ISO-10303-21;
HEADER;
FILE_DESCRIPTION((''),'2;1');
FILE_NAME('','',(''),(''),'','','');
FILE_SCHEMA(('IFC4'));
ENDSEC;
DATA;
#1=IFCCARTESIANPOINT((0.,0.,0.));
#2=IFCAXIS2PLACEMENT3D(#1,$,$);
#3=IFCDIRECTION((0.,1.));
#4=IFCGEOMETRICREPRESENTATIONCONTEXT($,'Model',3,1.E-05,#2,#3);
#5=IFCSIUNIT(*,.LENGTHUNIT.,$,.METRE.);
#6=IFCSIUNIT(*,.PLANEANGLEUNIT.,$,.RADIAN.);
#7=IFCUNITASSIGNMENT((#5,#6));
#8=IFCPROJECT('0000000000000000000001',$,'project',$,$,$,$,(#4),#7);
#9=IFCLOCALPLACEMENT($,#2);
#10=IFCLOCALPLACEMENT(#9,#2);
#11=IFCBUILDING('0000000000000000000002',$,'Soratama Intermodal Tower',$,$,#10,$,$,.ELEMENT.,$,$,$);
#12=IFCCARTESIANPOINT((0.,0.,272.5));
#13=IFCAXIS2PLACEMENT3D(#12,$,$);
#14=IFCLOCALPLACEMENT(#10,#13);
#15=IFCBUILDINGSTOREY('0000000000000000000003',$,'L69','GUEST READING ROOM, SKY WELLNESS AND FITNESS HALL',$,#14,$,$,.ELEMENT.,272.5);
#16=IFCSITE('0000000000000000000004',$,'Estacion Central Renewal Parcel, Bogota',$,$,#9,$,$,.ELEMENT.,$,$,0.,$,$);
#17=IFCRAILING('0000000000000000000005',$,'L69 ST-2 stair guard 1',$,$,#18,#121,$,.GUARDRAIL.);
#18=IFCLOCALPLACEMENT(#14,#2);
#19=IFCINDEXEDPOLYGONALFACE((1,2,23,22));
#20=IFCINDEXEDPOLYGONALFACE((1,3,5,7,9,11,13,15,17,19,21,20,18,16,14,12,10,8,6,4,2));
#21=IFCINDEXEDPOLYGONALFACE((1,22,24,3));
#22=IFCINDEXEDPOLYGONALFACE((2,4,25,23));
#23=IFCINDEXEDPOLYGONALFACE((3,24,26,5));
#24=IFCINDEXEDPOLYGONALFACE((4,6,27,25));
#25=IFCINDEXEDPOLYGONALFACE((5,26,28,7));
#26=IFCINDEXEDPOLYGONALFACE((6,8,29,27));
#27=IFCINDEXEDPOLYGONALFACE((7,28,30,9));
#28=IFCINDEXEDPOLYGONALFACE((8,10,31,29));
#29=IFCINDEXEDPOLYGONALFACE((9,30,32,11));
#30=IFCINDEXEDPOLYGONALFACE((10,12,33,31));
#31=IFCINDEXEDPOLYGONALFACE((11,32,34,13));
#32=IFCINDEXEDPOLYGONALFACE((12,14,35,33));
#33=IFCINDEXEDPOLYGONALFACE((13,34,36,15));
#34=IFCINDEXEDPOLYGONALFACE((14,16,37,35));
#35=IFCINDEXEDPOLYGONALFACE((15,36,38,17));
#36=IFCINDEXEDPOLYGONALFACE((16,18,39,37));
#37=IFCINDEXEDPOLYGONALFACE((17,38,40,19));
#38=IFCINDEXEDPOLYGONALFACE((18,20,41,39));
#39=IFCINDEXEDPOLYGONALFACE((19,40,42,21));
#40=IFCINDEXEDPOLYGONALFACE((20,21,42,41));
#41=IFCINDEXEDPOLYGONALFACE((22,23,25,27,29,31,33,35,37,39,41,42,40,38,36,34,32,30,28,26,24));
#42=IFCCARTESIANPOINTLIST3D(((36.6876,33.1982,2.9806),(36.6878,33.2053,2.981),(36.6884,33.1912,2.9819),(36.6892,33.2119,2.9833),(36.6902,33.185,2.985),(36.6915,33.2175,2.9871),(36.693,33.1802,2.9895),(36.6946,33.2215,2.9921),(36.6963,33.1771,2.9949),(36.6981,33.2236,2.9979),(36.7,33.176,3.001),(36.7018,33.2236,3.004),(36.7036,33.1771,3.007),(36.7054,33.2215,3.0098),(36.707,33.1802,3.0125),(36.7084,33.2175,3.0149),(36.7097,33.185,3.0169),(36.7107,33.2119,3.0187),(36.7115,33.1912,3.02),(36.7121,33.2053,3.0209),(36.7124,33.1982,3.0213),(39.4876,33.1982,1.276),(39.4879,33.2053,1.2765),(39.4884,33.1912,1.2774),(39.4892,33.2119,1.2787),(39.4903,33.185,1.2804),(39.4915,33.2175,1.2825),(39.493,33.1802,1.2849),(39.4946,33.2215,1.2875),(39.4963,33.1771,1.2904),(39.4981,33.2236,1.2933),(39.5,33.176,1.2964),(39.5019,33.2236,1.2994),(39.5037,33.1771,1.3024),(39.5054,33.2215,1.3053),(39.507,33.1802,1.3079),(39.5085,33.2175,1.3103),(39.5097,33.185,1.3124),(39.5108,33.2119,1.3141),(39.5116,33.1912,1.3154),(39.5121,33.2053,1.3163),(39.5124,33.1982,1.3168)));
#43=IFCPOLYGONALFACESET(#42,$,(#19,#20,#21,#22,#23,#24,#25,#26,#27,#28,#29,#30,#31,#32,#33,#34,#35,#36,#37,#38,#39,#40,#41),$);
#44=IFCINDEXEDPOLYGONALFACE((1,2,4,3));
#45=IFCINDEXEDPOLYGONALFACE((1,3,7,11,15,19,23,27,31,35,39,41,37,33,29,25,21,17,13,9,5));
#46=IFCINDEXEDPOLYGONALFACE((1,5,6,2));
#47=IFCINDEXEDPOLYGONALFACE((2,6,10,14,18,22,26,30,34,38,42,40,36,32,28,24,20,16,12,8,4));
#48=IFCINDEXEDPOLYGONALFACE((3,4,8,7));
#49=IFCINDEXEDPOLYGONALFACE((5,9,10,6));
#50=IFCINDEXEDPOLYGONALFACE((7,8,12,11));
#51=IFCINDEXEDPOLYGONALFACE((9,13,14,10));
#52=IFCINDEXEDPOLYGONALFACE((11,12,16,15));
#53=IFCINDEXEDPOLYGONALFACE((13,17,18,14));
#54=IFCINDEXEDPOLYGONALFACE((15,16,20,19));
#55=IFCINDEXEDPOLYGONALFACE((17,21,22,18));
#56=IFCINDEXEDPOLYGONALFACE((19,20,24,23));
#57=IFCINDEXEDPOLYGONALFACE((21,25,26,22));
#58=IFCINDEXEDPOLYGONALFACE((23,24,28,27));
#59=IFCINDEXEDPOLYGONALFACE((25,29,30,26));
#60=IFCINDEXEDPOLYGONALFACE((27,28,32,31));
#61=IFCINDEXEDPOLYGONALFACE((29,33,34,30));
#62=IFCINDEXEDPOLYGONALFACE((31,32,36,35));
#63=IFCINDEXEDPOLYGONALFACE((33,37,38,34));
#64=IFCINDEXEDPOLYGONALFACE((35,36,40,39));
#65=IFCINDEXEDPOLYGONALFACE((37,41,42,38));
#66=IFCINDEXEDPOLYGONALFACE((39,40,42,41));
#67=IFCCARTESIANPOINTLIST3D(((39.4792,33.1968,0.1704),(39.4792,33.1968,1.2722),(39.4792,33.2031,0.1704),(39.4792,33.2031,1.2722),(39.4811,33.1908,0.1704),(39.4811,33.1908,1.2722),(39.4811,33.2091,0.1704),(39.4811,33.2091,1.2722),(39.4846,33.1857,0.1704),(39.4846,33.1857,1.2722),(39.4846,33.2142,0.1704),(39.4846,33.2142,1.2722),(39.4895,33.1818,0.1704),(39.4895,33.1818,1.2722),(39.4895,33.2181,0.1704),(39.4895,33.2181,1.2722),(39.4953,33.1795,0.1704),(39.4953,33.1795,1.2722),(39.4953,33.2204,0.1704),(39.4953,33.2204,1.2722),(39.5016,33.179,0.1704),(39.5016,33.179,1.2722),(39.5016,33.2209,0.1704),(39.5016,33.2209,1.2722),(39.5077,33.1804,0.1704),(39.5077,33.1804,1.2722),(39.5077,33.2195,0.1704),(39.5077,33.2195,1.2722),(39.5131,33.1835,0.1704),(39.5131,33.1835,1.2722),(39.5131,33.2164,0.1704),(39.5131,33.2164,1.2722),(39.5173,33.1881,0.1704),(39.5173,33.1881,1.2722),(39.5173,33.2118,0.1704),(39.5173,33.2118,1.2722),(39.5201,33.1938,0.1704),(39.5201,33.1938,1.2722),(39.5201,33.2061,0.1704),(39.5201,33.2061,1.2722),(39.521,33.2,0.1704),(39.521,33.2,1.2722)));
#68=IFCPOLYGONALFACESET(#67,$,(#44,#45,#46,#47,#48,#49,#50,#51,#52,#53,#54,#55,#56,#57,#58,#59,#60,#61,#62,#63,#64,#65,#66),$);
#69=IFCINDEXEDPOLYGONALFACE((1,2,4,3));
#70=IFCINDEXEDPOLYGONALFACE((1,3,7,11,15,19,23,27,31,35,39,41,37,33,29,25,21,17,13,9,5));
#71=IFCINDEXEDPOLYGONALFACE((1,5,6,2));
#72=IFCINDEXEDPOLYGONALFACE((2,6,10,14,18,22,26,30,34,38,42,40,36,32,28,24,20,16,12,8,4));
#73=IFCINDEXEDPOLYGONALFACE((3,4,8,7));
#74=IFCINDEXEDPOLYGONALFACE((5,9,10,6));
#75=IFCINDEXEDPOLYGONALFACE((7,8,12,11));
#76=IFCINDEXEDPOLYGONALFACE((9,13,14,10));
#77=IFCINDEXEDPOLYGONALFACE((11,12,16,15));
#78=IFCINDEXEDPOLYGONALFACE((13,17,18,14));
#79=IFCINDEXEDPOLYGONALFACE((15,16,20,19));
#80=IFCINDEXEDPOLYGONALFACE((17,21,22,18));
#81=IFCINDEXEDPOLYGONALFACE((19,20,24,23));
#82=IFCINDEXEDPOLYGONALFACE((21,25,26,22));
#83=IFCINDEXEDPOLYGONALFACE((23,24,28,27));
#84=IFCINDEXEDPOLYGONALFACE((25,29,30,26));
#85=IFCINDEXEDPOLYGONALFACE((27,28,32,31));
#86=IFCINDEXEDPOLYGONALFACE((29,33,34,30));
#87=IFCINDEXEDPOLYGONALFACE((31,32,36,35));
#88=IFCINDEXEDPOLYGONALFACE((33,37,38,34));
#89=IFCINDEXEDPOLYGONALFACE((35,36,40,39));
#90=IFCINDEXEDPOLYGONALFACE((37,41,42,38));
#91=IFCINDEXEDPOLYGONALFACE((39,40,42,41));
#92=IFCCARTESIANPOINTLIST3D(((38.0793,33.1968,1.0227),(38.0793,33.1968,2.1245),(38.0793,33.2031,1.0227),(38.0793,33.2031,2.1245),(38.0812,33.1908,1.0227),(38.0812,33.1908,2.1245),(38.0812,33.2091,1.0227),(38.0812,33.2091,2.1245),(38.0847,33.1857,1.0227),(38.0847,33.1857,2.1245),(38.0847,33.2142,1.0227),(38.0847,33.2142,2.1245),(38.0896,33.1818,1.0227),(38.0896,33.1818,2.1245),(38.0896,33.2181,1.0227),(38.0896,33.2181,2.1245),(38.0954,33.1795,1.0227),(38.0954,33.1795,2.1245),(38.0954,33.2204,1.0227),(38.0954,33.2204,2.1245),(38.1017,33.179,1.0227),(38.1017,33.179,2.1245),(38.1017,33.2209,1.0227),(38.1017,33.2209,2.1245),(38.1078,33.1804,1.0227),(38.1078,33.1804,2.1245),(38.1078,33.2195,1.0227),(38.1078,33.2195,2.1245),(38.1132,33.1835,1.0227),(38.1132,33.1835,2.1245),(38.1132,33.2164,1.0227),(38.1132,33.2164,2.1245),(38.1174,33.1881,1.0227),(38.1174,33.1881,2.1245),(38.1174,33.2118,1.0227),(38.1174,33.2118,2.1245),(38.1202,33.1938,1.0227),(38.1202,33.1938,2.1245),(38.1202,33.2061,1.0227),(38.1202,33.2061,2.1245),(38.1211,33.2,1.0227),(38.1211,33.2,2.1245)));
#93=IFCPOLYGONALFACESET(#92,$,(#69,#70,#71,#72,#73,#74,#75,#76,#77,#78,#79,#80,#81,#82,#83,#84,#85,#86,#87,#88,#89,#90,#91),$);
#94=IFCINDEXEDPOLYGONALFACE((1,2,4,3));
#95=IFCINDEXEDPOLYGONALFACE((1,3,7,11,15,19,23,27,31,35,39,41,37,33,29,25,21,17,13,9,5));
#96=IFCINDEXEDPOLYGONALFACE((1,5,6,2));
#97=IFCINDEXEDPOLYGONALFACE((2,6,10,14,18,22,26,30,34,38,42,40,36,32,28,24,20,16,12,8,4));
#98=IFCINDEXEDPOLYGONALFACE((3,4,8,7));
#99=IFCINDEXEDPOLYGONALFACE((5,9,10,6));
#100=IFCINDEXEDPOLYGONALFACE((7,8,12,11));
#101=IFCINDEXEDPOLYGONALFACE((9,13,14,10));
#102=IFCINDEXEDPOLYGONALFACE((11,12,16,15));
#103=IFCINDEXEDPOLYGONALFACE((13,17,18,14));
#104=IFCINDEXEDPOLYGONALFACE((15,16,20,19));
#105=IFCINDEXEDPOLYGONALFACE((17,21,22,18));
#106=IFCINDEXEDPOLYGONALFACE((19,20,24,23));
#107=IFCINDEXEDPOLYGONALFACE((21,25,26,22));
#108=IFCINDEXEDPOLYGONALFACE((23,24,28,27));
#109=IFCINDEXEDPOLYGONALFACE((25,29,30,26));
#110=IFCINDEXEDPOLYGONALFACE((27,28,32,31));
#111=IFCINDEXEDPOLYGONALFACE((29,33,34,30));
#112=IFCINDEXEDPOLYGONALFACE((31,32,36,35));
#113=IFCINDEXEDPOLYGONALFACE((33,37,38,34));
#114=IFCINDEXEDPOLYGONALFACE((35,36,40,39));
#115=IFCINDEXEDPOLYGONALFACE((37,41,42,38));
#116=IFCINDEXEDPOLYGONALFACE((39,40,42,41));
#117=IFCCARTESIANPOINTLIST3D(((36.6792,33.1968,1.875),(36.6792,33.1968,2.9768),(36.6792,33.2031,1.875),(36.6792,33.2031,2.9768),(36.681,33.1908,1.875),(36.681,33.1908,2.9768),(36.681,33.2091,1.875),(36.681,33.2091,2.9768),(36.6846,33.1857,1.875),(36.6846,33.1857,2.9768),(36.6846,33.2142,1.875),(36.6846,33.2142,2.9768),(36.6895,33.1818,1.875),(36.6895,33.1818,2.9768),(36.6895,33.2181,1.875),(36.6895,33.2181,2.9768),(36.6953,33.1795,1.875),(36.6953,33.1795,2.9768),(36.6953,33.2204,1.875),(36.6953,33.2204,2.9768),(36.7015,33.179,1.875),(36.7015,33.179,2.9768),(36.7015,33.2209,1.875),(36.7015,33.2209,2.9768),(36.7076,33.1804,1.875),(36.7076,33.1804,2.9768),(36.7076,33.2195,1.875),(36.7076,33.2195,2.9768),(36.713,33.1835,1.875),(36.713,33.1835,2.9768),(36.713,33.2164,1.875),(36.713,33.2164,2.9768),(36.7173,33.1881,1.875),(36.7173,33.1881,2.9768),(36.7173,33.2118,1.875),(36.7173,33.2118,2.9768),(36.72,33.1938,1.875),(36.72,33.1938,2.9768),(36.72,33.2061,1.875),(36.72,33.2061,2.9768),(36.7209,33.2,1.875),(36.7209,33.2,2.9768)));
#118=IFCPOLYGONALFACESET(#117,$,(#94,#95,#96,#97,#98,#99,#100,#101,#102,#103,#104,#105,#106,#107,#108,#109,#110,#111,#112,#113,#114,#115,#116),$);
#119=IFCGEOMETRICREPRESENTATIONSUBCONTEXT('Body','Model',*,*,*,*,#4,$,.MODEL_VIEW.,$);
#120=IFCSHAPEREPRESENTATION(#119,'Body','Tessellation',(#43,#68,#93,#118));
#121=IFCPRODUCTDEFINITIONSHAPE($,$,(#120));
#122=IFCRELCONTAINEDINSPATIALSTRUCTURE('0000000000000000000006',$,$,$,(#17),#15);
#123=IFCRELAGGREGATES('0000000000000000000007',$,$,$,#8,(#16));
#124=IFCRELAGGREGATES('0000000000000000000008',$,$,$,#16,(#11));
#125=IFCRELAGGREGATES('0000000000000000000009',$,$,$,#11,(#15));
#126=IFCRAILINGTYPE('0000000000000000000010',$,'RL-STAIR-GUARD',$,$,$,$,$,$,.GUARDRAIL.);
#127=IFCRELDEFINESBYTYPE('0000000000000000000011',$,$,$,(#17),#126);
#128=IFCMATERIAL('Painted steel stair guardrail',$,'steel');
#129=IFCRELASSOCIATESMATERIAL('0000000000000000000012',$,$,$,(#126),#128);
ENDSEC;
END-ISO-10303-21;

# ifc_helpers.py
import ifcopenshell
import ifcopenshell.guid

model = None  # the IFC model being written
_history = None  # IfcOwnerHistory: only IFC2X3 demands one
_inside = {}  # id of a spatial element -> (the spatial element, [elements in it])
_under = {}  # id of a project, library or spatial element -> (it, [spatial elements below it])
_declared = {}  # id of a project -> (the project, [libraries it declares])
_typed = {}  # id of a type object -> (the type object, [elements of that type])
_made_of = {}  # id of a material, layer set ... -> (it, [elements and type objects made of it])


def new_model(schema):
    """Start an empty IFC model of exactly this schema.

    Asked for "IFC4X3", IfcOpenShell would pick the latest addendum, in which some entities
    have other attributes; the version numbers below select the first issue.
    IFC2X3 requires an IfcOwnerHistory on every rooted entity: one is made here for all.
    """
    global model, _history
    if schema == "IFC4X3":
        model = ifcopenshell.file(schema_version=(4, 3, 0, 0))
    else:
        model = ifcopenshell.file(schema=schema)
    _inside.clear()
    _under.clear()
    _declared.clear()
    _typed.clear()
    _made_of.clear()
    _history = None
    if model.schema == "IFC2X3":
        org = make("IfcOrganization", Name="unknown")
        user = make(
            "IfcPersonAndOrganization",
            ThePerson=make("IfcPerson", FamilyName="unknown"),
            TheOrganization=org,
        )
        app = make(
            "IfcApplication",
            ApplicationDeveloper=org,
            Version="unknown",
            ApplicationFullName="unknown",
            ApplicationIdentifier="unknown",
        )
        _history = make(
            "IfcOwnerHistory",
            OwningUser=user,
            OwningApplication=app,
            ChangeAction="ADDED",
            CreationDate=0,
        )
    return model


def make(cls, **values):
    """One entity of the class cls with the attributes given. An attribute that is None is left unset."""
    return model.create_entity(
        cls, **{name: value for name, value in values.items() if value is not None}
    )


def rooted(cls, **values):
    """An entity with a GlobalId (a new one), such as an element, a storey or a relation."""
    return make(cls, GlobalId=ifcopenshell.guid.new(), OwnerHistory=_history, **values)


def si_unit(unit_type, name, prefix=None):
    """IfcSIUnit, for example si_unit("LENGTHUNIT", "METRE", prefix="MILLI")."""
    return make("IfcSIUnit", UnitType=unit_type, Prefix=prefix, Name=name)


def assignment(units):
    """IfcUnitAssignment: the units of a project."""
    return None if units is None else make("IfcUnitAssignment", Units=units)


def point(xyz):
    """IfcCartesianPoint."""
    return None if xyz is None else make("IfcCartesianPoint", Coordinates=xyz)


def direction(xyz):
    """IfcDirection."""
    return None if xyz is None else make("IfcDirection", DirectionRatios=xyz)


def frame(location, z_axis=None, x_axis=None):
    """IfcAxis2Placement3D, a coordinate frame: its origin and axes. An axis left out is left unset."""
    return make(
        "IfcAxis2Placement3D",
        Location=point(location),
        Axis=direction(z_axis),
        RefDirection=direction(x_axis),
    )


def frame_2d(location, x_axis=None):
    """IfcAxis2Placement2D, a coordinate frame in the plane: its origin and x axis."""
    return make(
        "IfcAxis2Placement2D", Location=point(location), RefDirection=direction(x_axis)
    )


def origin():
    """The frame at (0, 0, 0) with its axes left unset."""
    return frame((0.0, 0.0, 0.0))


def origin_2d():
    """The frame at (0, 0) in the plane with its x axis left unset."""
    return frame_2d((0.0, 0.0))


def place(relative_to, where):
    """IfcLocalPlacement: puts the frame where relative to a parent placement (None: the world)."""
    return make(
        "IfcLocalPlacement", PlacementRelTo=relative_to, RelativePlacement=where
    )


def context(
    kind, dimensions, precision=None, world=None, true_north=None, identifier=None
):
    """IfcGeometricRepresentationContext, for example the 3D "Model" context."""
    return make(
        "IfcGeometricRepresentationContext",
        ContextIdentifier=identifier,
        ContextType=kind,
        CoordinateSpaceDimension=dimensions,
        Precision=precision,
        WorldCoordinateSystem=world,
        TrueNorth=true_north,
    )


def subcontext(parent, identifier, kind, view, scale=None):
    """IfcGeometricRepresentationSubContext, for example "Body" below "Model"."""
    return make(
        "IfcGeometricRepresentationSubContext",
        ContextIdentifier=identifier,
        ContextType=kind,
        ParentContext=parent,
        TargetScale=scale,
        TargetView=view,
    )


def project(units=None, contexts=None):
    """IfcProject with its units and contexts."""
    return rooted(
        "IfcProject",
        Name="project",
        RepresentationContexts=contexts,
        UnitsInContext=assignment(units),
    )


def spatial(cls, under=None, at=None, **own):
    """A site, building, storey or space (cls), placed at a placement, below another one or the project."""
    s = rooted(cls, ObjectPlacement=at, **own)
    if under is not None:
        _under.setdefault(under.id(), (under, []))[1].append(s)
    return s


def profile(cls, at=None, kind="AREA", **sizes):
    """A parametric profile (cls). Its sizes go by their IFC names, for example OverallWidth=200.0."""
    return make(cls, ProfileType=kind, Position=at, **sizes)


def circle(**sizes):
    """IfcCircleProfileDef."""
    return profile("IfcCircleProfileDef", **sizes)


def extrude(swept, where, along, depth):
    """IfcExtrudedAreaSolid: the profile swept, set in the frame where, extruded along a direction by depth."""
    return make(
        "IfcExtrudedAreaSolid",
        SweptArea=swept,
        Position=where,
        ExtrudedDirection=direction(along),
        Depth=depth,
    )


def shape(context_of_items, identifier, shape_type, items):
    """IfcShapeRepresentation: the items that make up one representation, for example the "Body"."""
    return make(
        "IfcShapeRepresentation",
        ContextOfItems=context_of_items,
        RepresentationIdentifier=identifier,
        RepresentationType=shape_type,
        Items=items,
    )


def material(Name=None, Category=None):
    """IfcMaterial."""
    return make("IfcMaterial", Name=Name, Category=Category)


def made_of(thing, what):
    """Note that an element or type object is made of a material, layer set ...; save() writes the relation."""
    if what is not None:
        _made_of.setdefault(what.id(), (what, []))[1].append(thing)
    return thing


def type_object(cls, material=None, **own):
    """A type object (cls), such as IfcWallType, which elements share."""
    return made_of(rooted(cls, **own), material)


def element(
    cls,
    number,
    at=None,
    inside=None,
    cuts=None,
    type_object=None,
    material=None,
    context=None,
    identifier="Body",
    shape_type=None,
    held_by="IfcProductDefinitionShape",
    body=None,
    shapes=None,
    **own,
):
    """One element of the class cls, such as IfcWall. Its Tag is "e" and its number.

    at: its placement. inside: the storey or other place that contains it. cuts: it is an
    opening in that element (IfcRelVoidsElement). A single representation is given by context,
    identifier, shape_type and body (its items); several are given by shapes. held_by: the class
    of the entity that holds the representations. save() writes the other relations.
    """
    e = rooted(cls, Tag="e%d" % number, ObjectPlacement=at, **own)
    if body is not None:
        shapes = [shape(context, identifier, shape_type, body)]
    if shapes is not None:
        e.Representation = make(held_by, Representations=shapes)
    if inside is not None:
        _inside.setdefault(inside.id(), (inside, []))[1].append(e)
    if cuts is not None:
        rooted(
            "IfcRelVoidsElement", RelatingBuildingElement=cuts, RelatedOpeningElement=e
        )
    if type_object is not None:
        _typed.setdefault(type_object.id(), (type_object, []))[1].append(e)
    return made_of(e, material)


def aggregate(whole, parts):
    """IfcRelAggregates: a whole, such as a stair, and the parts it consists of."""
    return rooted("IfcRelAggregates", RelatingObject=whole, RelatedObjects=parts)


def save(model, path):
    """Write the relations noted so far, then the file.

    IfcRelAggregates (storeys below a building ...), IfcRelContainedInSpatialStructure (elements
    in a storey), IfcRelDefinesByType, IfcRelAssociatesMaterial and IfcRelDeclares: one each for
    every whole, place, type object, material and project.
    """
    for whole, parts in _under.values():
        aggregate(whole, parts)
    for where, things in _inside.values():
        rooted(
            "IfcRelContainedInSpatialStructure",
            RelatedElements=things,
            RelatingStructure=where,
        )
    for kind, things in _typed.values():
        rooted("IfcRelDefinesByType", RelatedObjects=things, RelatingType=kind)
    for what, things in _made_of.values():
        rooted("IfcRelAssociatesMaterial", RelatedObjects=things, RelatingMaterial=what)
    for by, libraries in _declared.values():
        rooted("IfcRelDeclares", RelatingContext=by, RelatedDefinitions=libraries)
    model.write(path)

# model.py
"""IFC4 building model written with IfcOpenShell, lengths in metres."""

from ifc_helpers import new_model, si_unit, direction, frame, origin, origin_2d, place, context, subcontext, project, spatial, circle, extrude, material, type_object, element, save


model = new_model("IFC4")

# Units and contexts
model_context = context("Model", 3, precision=1e-05, world=origin(), true_north=direction((0.0, 1.0)))
body_context = subcontext(model_context, "Body", "Model", "MODEL_VIEW")
ifc_project = project(units=[si_unit("LENGTHUNIT", "METRE"), si_unit("PLANEANGLEUNIT", "RADIAN")], contexts=[model_context])

# Site, building, storey
site_placement = place(None, origin())
site = spatial("IfcSite", under=ifc_project, at=site_placement, Name="Estacion Central Renewal Parcel, Bogota", CompositionType="ELEMENT", RefElevation=0.0)
building_placement = place(site_placement, origin())
building = spatial("IfcBuilding", under=site, at=building_placement, Name="Soratama Intermodal Tower", CompositionType="ELEMENT")
storey_placement = place(building_placement, frame((0.0, 0.0, 272.5)))
storey = spatial("IfcBuildingStorey", under=building, at=storey_placement, Name="L69", Description="GUEST READING ROOM, SKY WELLNESS AND FITNESS HALL", CompositionType="ELEMENT", Elevation=272.5)

# Railing
ifc_material_1 = material(Name="Painted steel stair guardrail", Category="steel")
railing_type_1 = type_object("IfcRailingType", Name="RL-STAIR-GUARD", PredefinedType="GUARDRAIL", material=ifc_material_1)
railing_1_placement = place(storey_placement, frame((39.5, 33.2, 0.1704)))
element("IfcRailing", 1, at=railing_1_placement, inside=storey, type_object=railing_type_1, Name="L69 ST-2 stair guard 1", PredefinedType="GUARDRAIL", context=body_context, shape_type="SweptSolid", body=[
    extrude(circle(Radius=0.0239, at=origin_2d()), frame((0.0, 0.0, 1.126), z_axis=(-0.85417, 0.0, 0.519994), x_axis=(0.0, -1.0, 0.0)), (0.0, 0.0, 1.0), 3.2781),
    extrude(circle(Radius=0.021, at=origin_2d()), origin(), (0.0, 0.0, 1.0), 1.1018),
    extrude(circle(Radius=0.021, at=origin_2d()), frame((-1.3999, 0.0, 0.8523)), (0.0, 0.0, 1.0), 1.1018),
    extrude(circle(Radius=0.021, at=origin_2d()), frame((-2.8, 0.0, 1.7046)), (0.0, 0.0, 1.0), 1.1018),
])

save(model, "model.ifc")
